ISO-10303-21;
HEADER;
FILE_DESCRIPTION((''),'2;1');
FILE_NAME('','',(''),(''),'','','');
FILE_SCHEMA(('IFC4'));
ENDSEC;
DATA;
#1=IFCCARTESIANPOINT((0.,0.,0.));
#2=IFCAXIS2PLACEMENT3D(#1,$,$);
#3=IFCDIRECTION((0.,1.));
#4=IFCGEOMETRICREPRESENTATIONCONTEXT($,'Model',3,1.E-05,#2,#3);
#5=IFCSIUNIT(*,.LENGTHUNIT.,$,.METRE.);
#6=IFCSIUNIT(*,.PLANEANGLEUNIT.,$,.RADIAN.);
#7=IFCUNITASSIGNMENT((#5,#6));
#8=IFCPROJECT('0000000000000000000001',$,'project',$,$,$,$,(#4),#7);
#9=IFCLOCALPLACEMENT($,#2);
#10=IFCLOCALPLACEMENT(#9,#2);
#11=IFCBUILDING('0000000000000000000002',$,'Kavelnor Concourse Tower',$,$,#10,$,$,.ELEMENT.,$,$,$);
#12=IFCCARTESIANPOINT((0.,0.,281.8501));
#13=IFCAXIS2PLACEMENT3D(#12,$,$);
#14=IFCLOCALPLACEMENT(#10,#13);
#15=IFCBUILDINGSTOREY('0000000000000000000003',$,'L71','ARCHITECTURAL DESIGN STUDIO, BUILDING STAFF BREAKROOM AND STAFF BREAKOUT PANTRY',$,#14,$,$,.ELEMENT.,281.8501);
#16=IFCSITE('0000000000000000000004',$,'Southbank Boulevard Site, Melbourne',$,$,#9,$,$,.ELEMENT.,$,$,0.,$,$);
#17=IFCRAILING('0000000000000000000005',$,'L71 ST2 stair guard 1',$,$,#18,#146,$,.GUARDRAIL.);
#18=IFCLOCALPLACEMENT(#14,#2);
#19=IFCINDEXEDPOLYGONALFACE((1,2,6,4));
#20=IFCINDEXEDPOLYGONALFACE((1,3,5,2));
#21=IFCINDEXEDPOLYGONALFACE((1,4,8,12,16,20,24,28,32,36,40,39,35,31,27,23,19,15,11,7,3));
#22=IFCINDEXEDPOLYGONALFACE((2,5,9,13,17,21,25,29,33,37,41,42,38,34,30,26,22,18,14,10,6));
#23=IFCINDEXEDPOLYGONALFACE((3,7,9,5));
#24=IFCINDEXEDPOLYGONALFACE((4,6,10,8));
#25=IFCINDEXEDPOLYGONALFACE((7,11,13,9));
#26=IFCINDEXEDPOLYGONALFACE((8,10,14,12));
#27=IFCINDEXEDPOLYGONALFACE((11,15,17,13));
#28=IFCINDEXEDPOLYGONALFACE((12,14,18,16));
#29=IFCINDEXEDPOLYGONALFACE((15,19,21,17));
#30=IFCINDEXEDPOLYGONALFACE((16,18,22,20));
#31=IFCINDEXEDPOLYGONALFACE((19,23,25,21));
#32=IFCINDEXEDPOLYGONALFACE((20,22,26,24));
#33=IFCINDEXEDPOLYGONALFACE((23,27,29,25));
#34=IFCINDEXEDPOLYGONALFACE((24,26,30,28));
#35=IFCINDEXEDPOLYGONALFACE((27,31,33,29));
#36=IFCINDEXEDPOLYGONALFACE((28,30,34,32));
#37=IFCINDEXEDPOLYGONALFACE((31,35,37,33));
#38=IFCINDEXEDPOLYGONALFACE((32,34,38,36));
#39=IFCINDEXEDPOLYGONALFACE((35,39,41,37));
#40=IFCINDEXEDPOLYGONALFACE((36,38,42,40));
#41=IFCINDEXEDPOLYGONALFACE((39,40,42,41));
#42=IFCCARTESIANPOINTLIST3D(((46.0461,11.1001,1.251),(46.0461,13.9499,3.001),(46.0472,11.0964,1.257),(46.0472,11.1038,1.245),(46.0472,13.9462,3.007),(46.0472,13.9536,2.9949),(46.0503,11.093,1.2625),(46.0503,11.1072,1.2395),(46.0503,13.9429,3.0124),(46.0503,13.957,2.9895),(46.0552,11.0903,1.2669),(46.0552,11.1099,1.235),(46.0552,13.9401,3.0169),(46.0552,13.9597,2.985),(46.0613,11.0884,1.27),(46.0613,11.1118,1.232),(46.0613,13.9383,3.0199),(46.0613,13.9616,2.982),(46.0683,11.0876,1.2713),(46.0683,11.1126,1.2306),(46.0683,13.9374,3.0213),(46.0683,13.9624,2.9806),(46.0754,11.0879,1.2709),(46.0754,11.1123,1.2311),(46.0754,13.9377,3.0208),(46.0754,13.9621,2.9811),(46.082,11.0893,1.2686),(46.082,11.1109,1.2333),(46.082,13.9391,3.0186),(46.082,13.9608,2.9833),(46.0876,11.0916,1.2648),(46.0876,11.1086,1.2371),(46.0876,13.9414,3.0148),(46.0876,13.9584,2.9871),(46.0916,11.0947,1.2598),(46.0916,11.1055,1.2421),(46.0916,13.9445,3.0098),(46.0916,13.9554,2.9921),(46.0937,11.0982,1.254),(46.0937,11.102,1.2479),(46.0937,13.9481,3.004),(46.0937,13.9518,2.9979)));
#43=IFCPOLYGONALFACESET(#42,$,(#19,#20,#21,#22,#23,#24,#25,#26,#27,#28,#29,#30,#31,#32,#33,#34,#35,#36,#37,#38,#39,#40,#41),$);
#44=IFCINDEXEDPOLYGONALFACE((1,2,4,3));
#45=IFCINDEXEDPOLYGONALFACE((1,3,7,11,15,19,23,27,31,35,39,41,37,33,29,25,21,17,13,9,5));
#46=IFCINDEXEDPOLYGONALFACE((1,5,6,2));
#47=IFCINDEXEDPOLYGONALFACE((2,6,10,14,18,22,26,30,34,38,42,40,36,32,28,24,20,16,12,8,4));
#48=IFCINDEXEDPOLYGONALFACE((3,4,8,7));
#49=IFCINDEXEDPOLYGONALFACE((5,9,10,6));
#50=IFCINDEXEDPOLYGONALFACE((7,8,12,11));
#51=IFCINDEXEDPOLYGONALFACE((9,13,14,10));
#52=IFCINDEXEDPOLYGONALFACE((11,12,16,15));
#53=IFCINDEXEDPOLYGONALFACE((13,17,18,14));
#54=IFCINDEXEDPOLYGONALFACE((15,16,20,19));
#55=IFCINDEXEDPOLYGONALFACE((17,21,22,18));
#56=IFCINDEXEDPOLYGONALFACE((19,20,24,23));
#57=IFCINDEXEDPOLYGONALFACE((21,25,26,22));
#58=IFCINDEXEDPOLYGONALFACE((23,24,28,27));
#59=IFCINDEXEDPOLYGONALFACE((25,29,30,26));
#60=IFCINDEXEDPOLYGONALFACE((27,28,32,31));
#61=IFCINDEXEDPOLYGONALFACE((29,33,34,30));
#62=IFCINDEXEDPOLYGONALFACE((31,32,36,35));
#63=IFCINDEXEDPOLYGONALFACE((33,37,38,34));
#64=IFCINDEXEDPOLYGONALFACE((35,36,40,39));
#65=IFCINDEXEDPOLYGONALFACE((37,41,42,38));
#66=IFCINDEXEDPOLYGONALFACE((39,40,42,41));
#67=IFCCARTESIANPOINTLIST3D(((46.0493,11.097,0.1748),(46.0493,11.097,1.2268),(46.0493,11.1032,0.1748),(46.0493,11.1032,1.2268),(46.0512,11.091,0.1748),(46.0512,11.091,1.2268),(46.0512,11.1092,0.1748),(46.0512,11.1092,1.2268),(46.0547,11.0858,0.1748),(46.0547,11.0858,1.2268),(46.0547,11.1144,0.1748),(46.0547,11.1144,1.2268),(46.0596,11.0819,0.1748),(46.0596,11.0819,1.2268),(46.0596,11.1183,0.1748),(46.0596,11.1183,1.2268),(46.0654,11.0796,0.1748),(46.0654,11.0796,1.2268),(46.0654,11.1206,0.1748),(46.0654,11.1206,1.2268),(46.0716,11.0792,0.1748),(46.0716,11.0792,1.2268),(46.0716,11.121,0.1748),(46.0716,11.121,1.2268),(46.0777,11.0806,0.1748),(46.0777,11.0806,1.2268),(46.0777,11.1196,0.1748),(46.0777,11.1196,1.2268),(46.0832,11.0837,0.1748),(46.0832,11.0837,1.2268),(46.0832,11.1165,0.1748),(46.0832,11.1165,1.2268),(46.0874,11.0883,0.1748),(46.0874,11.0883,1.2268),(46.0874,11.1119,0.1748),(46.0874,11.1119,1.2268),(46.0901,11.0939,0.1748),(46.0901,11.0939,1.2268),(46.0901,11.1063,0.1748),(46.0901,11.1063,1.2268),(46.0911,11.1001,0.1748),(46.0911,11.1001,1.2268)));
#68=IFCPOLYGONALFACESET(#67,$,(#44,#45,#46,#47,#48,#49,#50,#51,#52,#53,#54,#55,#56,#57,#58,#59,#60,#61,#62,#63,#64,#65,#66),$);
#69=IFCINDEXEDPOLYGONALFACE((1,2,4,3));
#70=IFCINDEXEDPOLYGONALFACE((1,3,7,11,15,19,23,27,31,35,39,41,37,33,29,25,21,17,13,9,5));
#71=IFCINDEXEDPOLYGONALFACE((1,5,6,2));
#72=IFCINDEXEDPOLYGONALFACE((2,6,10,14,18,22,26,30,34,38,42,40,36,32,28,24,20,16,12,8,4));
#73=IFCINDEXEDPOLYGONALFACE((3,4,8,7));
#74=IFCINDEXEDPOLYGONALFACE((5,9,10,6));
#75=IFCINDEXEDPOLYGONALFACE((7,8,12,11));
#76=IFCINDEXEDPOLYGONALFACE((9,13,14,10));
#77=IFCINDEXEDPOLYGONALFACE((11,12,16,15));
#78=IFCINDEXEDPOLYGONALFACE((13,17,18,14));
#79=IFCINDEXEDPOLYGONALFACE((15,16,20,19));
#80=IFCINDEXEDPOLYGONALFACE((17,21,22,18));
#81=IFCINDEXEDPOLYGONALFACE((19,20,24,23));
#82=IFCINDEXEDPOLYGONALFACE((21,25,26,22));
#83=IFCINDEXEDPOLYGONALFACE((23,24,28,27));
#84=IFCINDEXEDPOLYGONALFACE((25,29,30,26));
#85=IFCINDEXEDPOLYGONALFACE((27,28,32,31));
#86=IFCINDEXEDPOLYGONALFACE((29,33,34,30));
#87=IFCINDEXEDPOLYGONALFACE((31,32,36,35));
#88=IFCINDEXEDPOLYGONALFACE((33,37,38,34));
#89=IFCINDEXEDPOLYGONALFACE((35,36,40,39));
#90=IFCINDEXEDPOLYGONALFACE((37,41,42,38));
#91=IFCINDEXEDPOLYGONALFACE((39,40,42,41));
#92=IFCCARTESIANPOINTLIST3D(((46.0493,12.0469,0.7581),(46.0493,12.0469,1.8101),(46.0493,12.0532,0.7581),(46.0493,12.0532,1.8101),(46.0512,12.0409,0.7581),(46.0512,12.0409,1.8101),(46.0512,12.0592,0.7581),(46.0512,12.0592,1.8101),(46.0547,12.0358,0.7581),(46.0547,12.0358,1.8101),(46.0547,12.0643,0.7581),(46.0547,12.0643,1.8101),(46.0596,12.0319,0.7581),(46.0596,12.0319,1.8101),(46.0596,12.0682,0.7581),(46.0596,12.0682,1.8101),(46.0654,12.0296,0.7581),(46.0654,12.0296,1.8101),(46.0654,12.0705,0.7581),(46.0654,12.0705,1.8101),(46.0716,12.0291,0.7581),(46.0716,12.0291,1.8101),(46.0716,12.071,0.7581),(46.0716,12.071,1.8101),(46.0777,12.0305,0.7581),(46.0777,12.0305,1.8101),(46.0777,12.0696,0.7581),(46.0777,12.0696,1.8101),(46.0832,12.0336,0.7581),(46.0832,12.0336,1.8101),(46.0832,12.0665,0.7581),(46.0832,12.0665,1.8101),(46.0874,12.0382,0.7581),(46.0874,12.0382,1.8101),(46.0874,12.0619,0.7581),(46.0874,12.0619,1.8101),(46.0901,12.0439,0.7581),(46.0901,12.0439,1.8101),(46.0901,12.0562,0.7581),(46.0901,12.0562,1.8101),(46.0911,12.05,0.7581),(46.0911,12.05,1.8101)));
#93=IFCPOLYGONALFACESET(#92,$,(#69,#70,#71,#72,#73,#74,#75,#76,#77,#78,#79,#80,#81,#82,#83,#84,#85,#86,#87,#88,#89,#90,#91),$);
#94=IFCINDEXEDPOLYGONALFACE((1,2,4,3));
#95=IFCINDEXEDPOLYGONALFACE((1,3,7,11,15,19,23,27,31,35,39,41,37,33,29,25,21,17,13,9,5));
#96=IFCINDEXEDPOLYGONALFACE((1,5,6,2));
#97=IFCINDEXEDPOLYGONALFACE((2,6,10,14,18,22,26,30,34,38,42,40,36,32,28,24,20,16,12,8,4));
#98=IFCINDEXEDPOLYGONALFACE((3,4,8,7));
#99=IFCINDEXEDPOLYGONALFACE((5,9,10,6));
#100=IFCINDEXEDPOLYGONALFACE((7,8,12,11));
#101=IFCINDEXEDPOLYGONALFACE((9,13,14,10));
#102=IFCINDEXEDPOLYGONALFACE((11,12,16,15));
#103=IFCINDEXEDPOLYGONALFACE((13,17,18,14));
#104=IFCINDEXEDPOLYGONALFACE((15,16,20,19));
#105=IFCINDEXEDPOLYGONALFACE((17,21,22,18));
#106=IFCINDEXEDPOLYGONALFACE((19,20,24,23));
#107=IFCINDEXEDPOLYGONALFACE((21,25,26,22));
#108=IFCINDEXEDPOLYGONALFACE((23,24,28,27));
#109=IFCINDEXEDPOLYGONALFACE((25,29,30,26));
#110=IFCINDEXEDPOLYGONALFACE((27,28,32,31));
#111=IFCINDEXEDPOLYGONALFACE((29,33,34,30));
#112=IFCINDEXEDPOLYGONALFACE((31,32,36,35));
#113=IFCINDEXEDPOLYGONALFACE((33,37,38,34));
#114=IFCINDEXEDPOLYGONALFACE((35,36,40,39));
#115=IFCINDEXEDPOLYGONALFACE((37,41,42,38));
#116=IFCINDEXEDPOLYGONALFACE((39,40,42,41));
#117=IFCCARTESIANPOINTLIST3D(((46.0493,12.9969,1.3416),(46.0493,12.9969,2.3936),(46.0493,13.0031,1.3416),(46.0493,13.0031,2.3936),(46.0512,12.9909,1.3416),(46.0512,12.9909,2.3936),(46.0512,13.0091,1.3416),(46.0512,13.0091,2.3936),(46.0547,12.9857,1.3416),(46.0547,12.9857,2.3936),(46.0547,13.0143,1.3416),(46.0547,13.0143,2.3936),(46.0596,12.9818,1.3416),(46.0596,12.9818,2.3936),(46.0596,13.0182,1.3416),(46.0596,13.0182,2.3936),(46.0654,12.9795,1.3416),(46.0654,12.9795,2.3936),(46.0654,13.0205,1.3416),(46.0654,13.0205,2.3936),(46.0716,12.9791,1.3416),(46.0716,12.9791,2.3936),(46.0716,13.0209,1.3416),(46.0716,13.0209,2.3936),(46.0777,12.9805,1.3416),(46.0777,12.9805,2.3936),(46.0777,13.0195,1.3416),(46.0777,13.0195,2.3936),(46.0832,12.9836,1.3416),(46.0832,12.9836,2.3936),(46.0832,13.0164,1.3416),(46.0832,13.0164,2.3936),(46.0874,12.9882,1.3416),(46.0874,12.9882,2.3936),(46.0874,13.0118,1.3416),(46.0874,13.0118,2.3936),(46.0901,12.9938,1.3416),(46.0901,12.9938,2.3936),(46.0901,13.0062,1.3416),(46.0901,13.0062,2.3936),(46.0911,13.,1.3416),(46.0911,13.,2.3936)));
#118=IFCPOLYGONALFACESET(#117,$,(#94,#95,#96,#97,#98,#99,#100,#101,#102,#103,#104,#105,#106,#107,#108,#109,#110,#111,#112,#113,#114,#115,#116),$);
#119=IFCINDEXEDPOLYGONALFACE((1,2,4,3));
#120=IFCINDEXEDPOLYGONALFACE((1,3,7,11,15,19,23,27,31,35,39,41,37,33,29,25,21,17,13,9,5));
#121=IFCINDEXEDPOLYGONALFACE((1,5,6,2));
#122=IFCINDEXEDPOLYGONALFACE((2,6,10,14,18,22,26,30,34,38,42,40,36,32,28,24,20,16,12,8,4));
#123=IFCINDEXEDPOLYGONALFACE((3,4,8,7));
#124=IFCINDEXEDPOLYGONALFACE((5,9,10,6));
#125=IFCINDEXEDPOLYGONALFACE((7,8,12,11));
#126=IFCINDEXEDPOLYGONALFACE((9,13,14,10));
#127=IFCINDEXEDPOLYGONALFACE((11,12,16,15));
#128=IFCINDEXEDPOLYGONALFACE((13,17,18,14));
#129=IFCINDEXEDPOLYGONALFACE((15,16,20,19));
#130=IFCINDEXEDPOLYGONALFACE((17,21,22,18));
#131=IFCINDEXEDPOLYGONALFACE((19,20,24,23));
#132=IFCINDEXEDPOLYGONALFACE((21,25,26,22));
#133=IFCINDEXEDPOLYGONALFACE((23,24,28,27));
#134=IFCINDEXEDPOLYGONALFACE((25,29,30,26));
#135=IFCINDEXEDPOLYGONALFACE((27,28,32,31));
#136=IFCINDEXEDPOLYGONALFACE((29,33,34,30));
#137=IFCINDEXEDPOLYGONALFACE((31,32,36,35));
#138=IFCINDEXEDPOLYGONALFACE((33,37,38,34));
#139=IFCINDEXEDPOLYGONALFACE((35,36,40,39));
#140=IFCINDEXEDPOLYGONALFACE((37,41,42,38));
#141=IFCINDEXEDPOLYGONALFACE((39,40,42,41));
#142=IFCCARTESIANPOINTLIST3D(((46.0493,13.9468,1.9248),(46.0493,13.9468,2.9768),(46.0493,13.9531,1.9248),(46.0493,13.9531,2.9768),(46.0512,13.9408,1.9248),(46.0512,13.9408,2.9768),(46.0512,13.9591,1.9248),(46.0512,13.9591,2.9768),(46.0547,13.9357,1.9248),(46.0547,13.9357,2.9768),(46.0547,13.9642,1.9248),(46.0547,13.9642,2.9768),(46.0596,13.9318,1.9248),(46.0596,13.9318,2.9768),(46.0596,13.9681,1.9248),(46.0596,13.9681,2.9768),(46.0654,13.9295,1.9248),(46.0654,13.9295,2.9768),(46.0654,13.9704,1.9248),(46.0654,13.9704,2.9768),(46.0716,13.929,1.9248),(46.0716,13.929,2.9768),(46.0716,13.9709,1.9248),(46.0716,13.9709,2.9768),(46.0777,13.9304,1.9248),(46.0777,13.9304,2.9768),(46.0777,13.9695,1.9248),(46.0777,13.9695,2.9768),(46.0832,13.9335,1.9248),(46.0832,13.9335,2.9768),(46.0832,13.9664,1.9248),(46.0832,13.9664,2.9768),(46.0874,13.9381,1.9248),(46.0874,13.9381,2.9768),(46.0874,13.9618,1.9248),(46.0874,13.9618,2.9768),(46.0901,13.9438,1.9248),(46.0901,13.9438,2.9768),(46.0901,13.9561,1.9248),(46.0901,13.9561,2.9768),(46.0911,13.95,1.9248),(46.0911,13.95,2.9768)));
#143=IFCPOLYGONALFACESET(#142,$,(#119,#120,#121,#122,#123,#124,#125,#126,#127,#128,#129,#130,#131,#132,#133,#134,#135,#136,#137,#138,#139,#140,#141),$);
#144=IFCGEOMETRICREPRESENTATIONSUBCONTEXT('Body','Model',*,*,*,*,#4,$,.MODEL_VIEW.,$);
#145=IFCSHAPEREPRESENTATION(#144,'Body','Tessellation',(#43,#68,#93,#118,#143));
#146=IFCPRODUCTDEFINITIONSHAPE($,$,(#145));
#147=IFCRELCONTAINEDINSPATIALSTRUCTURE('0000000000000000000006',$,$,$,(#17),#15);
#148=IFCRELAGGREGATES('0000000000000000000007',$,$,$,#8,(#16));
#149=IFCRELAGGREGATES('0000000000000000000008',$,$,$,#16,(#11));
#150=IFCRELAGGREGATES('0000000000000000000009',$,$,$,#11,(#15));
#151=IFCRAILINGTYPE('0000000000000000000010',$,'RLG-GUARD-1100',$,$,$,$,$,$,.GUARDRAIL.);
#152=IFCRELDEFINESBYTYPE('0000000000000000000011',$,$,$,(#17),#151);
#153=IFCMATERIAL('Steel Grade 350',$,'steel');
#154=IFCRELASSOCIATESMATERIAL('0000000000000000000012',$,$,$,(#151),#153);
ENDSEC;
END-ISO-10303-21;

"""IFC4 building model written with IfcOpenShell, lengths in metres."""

from ifc_helpers import new_model, si_unit, direction, frame, origin, origin_2d, place, context, subcontext, project, spatial, circle, extrude, material, type_object, element, save


model = new_model("IFC4")

# Units and contexts
model_context = context("Model", 3, precision=1e-05, world=origin(), true_north=direction((0.0, 1.0)))
body_context = subcontext(model_context, "Body", "Model", "MODEL_VIEW")
ifc_project = project(units=[si_unit("LENGTHUNIT", "METRE"), si_unit("PLANEANGLEUNIT", "RADIAN")], contexts=[model_context])

# Site, building, storey
site_placement = place(None, origin())
site = spatial("IfcSite", under=ifc_project, at=site_placement, Name="Southbank Boulevard Site, Melbourne", CompositionType="ELEMENT", RefElevation=0.0)
building_placement = place(site_placement, origin())
building = spatial("IfcBuilding", under=site, at=building_placement, Name="Kavelnor Concourse Tower", CompositionType="ELEMENT")
storey_placement = place(building_placement, frame((0.0, 0.0, 281.8501)))
storey = spatial("IfcBuildingStorey", under=building, at=storey_placement, Name="L71", Description="ARCHITECTURAL DESIGN STUDIO, BUILDING STAFF BREAKROOM AND STAFF BREAKOUT PANTRY", CompositionType="ELEMENT", Elevation=281.8501)

# Shared definitions
ifc_material_1 = material(Name="Steel Grade 350", Category="steel")

# Railing
railing_type_1 = type_object("IfcRailingType", Name="RLG-GUARD-1100", PredefinedType="GUARDRAIL", material=ifc_material_1)
railing_1_placement = place(storey_placement, frame((46.0701, 11.1001, 0.1748)))
element("IfcRailing", 1, at=railing_1_placement, inside=storey, type_object=railing_type_1, Name="L71 ST2 stair guard 1", PredefinedType="GUARDRAIL", context=body_context, shape_type="SweptSolid", body=[
    extrude(circle(Radius=0.0239, at=origin_2d()), frame((0.0, 0.0, 1.0762), z_axis=(0.0, 0.852159, 0.523283), x_axis=(-1.0, 0.0, 0.0)), (0.0, 0.0, 1.0), 3.3442),
    extrude(circle(Radius=0.021, at=origin_2d()), origin(), (0.0, 0.0, 1.0), 1.052),
    extrude(circle(Radius=0.021, at=origin_2d()), frame((0.0, 0.95, 0.5833)), (0.0, 0.0, 1.0), 1.052),
    extrude(circle(Radius=0.021, at=origin_2d()), frame((0.0, 1.8999, 1.1667)), (0.0, 0.0, 1.0), 1.052),
    extrude(circle(Radius=0.021, at=origin_2d()), frame((0.0, 2.8499, 1.75)), (0.0, 0.0, 1.0), 1.052),
])

save(model, "model.ifc")
